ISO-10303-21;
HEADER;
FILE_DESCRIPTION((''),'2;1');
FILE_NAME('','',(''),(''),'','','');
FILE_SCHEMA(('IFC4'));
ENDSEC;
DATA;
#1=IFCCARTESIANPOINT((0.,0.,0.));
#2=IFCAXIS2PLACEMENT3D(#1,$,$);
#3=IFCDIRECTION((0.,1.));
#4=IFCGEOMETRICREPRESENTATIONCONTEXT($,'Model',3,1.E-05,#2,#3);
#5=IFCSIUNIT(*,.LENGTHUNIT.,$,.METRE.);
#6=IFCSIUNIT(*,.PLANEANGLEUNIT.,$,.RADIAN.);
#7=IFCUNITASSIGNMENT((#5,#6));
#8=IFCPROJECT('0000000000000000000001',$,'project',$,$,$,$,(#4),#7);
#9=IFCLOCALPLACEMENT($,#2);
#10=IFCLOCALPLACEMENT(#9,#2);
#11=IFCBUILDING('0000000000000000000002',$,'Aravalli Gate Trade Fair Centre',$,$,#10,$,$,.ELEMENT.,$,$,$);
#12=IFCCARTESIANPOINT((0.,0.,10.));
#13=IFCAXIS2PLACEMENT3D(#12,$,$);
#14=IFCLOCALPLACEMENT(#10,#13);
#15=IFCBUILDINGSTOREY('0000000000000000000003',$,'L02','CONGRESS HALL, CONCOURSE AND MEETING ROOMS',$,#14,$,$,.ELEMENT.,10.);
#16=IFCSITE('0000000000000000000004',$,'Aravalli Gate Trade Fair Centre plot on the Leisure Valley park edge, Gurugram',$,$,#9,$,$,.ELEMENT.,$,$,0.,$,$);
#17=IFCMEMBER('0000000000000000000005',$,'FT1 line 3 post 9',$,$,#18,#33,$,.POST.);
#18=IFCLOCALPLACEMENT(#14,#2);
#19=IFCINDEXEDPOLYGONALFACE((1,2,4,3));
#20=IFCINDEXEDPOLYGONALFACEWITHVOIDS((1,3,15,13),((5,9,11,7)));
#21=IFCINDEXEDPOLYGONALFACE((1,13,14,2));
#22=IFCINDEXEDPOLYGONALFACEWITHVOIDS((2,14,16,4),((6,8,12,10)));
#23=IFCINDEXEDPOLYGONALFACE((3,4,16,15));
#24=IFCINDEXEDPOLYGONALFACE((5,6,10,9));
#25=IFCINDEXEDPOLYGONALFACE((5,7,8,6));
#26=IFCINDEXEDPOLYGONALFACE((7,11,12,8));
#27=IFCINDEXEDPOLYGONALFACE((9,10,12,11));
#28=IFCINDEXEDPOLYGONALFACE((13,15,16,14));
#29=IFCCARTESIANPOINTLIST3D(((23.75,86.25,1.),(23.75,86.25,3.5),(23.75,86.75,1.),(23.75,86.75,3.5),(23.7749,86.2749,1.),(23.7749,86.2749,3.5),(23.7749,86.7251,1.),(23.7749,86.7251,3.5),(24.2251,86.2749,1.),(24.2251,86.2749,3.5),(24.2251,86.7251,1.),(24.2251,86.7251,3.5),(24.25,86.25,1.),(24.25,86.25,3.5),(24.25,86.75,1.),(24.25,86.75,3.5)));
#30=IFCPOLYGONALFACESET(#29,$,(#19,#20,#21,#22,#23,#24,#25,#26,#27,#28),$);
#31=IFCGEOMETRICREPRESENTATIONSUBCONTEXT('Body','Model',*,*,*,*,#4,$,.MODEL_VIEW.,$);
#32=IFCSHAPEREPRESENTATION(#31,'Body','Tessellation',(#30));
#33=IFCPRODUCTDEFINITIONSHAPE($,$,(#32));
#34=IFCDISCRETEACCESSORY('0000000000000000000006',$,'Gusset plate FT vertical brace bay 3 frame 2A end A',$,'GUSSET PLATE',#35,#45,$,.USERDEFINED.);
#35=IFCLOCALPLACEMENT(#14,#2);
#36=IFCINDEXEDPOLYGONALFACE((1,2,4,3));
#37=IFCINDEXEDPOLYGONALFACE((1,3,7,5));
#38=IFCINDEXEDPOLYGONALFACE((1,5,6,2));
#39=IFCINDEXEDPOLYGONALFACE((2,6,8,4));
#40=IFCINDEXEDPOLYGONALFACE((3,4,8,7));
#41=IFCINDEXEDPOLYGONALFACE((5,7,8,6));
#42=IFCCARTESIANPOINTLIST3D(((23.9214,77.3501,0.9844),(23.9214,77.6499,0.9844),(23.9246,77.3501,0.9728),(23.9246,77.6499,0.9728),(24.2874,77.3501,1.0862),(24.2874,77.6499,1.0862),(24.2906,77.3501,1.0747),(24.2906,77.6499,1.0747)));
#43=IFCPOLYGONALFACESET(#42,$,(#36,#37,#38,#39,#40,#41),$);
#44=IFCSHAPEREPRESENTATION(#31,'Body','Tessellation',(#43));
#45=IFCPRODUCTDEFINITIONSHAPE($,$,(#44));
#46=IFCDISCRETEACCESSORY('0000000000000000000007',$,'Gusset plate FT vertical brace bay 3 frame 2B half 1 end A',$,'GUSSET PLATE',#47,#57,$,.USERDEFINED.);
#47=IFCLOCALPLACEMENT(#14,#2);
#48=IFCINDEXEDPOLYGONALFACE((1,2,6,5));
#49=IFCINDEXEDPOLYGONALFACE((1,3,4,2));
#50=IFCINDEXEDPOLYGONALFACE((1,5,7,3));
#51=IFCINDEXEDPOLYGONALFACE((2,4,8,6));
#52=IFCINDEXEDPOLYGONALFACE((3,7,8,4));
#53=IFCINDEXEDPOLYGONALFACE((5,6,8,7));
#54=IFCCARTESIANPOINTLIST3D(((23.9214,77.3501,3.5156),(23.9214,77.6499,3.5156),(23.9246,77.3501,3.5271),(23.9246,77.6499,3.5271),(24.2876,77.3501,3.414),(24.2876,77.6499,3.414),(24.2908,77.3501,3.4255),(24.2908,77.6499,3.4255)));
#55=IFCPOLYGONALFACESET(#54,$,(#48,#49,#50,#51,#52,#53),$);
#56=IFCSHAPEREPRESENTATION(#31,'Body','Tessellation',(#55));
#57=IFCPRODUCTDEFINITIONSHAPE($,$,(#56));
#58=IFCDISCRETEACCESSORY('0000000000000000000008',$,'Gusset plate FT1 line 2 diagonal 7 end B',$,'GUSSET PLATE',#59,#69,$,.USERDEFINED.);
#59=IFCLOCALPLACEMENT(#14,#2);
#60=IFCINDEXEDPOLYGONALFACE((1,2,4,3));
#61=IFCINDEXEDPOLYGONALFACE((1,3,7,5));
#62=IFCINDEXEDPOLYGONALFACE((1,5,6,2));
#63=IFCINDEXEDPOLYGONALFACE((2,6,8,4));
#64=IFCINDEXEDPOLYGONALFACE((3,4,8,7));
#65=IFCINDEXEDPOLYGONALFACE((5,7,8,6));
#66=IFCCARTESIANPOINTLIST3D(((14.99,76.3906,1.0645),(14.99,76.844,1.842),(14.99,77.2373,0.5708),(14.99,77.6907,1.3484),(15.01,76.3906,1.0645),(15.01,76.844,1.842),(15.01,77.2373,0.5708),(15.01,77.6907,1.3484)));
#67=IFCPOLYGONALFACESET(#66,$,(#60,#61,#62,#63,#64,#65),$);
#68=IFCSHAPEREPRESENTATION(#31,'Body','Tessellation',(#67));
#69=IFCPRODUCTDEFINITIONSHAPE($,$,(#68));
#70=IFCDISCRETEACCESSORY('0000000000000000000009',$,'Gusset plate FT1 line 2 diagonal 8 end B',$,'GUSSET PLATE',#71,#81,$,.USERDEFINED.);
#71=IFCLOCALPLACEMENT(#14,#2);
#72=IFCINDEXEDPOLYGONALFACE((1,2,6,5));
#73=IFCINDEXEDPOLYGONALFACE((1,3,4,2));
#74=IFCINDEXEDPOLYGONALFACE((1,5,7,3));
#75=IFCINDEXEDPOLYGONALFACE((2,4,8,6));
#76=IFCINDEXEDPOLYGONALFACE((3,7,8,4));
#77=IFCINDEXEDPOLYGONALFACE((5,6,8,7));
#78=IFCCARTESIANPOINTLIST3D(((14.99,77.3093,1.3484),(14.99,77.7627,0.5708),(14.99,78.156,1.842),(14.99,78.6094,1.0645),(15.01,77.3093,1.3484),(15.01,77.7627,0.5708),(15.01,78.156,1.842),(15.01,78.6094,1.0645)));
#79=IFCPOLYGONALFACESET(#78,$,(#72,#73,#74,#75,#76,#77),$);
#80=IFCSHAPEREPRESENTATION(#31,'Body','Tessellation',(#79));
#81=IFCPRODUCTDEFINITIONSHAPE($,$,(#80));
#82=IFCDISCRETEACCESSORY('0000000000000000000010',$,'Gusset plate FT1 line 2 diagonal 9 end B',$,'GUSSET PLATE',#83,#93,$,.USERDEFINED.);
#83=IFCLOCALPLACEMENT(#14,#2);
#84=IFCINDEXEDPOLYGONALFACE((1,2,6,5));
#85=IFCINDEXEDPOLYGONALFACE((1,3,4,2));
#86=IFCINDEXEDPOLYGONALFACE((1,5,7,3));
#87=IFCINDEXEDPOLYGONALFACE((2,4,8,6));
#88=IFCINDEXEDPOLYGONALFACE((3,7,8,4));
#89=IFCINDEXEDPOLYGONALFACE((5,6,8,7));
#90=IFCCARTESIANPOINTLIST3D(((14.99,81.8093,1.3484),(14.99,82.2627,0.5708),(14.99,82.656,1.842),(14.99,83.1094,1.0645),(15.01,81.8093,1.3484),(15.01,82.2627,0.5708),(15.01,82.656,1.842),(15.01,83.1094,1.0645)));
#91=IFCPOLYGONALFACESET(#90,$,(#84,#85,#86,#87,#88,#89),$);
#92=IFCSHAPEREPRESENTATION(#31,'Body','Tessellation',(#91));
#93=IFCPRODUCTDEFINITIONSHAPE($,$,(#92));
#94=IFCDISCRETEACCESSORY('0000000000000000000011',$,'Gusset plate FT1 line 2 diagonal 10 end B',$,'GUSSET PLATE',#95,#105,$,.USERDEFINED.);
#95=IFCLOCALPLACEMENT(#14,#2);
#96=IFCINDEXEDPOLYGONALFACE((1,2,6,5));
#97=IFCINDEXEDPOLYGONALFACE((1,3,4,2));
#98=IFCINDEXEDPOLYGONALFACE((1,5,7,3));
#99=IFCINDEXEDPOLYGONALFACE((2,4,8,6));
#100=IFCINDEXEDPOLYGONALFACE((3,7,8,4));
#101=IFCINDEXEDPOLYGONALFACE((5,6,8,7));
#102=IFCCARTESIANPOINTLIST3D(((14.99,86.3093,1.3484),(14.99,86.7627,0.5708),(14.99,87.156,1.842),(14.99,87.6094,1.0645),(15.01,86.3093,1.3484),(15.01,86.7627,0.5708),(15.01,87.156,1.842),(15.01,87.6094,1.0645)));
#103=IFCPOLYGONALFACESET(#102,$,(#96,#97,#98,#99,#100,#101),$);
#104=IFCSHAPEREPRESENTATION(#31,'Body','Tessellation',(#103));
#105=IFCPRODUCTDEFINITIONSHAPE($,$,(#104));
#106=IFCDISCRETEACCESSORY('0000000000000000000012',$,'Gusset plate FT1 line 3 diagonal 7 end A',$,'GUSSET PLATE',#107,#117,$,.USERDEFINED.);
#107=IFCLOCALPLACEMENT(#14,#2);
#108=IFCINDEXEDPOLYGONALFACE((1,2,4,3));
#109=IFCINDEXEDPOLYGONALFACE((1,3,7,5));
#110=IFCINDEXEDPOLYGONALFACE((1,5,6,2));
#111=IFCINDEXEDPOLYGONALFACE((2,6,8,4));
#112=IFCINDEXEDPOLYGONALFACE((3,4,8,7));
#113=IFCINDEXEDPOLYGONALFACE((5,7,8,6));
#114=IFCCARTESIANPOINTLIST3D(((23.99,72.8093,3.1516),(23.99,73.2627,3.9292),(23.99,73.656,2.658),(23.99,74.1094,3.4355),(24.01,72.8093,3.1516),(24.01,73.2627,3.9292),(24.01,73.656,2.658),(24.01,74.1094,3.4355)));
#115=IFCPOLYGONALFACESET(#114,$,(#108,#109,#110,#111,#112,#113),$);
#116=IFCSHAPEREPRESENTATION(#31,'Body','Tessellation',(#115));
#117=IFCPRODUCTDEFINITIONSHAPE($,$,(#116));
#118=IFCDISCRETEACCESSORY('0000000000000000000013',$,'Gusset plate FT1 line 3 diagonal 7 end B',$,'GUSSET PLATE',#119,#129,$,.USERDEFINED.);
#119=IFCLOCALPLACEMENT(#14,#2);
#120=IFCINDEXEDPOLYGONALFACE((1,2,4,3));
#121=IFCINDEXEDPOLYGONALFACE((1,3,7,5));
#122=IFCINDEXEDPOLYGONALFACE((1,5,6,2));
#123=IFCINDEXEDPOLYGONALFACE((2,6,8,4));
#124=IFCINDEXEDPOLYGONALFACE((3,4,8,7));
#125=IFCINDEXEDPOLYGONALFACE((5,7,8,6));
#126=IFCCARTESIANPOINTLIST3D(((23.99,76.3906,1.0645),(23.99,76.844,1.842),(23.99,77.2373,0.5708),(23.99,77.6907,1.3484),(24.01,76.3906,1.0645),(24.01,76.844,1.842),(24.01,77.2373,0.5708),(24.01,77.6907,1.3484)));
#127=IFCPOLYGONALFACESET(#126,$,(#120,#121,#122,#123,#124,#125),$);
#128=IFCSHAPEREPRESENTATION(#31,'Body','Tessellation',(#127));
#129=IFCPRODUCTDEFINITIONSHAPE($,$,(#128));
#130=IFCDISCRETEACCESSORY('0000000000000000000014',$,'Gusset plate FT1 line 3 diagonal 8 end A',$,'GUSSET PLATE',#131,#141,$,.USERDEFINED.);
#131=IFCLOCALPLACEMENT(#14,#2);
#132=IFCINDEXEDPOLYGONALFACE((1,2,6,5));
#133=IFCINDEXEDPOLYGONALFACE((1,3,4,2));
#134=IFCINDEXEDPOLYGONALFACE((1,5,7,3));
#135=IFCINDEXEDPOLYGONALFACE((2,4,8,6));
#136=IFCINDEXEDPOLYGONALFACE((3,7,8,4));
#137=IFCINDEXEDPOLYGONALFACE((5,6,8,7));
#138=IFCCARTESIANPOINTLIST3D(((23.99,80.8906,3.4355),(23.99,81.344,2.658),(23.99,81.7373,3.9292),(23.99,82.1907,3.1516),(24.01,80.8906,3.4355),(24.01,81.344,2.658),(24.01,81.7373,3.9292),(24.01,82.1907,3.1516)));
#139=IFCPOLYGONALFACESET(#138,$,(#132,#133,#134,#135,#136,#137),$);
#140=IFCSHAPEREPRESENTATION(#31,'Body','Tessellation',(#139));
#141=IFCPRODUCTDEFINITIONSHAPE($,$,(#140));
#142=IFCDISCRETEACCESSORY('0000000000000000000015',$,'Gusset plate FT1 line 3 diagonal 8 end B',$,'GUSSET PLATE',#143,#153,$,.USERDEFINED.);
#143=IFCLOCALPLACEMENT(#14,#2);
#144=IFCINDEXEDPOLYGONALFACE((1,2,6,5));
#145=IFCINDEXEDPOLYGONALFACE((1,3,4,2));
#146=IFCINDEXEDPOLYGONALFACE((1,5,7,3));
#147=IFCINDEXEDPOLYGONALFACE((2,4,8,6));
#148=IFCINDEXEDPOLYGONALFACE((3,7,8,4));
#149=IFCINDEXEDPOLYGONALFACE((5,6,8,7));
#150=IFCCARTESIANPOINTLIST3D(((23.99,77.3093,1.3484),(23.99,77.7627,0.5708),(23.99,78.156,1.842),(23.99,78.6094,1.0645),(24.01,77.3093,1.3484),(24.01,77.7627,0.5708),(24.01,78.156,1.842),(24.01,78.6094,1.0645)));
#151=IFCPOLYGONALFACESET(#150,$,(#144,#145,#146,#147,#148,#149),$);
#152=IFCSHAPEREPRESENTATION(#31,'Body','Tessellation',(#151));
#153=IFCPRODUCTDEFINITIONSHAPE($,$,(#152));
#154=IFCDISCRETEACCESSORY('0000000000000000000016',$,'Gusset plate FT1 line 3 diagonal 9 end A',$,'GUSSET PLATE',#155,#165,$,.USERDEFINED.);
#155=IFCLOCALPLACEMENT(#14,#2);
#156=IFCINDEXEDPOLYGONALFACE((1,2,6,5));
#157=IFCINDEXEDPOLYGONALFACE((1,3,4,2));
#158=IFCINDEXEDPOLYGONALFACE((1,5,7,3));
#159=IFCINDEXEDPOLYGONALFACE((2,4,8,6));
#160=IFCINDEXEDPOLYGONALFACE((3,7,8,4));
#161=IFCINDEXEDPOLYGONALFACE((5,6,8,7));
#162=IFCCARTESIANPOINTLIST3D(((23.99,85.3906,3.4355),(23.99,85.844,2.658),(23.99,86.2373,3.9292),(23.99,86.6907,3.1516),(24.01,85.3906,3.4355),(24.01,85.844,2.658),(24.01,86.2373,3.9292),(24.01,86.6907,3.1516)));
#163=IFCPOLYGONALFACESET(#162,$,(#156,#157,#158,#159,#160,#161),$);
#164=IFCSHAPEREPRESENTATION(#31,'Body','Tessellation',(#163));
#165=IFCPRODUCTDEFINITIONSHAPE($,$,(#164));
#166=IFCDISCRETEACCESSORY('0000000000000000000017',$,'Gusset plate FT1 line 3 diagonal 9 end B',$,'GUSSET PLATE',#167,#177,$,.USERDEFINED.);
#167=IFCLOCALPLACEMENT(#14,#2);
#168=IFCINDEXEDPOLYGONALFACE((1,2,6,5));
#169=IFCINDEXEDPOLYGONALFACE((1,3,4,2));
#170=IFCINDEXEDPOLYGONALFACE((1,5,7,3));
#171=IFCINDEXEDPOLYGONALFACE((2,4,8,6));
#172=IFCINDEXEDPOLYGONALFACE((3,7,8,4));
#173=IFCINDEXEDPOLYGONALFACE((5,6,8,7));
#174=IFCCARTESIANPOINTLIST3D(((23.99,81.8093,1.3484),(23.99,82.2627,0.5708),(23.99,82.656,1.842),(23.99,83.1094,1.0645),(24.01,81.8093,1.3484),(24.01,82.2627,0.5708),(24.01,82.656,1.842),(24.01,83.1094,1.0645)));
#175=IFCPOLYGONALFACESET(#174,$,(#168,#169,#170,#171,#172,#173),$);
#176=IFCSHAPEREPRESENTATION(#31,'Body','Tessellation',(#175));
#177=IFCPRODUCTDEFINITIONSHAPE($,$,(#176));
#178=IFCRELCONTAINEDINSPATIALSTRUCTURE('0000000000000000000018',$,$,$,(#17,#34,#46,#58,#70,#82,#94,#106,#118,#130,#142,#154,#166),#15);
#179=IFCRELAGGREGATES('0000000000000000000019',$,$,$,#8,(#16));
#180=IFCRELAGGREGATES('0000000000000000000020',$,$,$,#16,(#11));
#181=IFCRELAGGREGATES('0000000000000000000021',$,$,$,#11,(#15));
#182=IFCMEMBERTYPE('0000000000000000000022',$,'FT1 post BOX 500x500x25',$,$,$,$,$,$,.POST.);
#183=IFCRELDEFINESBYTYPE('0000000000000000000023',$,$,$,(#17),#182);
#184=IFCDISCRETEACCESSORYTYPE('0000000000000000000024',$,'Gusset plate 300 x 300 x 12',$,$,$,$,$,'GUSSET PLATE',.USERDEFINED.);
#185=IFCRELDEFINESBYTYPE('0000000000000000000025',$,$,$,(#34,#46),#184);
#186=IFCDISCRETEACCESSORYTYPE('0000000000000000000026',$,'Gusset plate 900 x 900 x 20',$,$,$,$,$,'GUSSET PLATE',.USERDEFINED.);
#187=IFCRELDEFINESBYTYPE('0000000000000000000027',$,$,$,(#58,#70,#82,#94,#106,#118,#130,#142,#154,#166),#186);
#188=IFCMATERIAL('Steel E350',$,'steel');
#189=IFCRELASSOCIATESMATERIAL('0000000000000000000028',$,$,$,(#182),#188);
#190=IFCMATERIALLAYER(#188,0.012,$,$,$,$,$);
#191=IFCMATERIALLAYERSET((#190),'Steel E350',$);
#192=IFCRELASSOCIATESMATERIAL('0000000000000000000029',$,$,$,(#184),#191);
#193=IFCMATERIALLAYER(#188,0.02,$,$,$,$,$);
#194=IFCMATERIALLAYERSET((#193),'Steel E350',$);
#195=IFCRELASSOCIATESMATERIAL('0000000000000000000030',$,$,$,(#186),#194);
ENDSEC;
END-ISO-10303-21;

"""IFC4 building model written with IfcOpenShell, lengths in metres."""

from ifc_helpers import new_model, si_unit, direction, frame, origin, origin_2d, place, context, subcontext, project, spatial, polyline, hollow_rectangle, outline, extrude, material, layer, layer_set, material_profile, profile_set, type_object, element, save


model = new_model("IFC4")

# Units and contexts
model_context = context("Model", 3, precision=1e-05, world=origin(), true_north=direction((0.0, 1.0)))
body_context = subcontext(model_context, "Body", "Model", "MODEL_VIEW")
ifc_project = project(units=[si_unit("LENGTHUNIT", "METRE"), si_unit("PLANEANGLEUNIT", "RADIAN")], contexts=[model_context])

# Site, building, storey
site_placement = place(None, origin())
site = spatial("IfcSite", under=ifc_project, at=site_placement, Name="Aravalli Gate Trade Fair Centre plot on the Leisure Valley park edge, Gurugram", CompositionType="ELEMENT", RefElevation=0.0)
building_placement = place(site_placement, origin())
building = spatial("IfcBuilding", under=site, at=building_placement, Name="Aravalli Gate Trade Fair Centre", CompositionType="ELEMENT")
storey_placement = place(building_placement, frame((0.0, 0.0, 10.0)))
storey = spatial("IfcBuildingStorey", under=building, at=storey_placement, Name="L02", Description="CONGRESS HALL, CONCOURSE AND MEETING ROOMS", CompositionType="ELEMENT", Elevation=10.0)

# Member
ifc_material = material(Name="Steel E350", Category="steel")
ifc_material_profile_1 = material_profile(ifc_material, hollow_rectangle(XDim=0.5, YDim=0.5, WallThickness=0.0249, at=origin_2d()), Name="BOX 500x500x25")
ifc_profile_set_1 = profile_set([ifc_material_profile_1], Name="Steel E350")
member_type_1 = type_object("IfcMemberType", Name="FT1 post BOX 500x500x25", PredefinedType="POST", material=ifc_profile_set_1)
for number, where, z_axis, x_axis, name in (
    (1, (24.0, 86.5, 1.0), (0.0, 0.0, 1.0), (1.0, 0.0, 0.0), "FT1 line 3 post 9"),
):
    element("IfcMember", number, at=place(storey_placement, frame(where, z_axis=z_axis, x_axis=x_axis)), inside=storey, type_object=member_type_1, Name=name, PredefinedType="POST", context=body_context, shape_type="SweptSolid", body=[
        extrude(hollow_rectangle(XDim=0.5, YDim=0.5, WallThickness=0.0249, at=origin_2d()), origin(), (0.0, 0.0, 1.0), 2.5),
    ])

# Discrete accessories
ifc_layer_1 = layer(ifc_material, 0.012)
ifc_layer_set_1 = layer_set([ifc_layer_1], Name="Steel E350")
discrete_accessory_type_1 = type_object("IfcDiscreteAccessoryType", Name="Gusset plate 300 x 300 x 12", ElementType="GUSSET PLATE", PredefinedType="USERDEFINED", material=ifc_layer_set_1)
discrete_accessory_1_placement = place(storey_placement, frame((24.2874, 77.3501, 1.0862), z_axis=(-0.268008, 0.0, 0.963417), x_axis=(-0.963417, 0.0, -0.268008)))
element("IfcDiscreteAccessory", 2, at=discrete_accessory_1_placement, inside=storey, type_object=discrete_accessory_type_1, Name="Gusset plate FT vertical brace bay 3 frame 2A end A", ObjectType="GUSSET PLATE", PredefinedType="USERDEFINED", context=body_context, shape_type="SweptSolid", body=[
    extrude(outline(polyline([(0.0, 0.0), (0.3799, 0.0), (0.3799, -0.2998), (0.0, -0.2998), (0.0, 0.0)])), origin(), (0.0, 0.0, -1.0), 0.012),
])
discrete_accessory_2_placement = place(storey_placement, frame((24.2908, 77.3501, 3.4255), z_axis=(0.267246, 0.0, 0.963628), x_axis=(-0.963628, 0.0, 0.267246)))
element("IfcDiscreteAccessory", 3, at=discrete_accessory_2_placement, inside=storey, type_object=discrete_accessory_type_1, Name="Gusset plate FT vertical brace bay 3 frame 2B half 1 end A", ObjectType="GUSSET PLATE", PredefinedType="USERDEFINED", context=body_context, shape_type="SweptSolid", body=[
    extrude(outline(polyline([(0.0, 0.0), (0.38, 0.0), (0.38, -0.2998), (0.0, -0.2998), (0.0, 0.0)])), origin(), (0.0, 0.0, -1.0), 0.012),
])
ifc_layer_2 = layer(ifc_material, 0.02)
ifc_layer_set_2 = layer_set([ifc_layer_2], Name="Steel E350")
discrete_accessory_type_2 = type_object("IfcDiscreteAccessoryType", Name="Gusset plate 900 x 900 x 20", ElementType="GUSSET PLATE", PredefinedType="USERDEFINED", material=ifc_layer_set_2)
discrete_accessory_3_placement = place(storey_placement, frame((15.01, 76.3906, 1.0645), z_axis=(1.0, 0.0, 0.0), x_axis=(0.0, 0.863887, -0.503685)))
element("IfcDiscreteAccessory", 4, at=discrete_accessory_3_placement, inside=storey, type_object=discrete_accessory_type_2, Name="Gusset plate FT1 line 2 diagonal 7 end B", ObjectType="GUSSET PLATE", PredefinedType="USERDEFINED", context=body_context, shape_type="SweptSolid", body=[
    extrude(outline(polyline([(0.0, 0.0), (0.9801, 0.0), (0.9801, 0.9001), (0.0, 0.9001), (0.0, 0.0)])), origin(), (0.0, 0.0, -1.0), 0.02),
])
for number, where, z_axis, x_axis, name in (
    (5, (15.01, 78.156, 1.842), (1.0, 0.0, 0.0), (0.0, -0.863887, -0.503685), "Gusset plate FT1 line 2 diagonal 8 end B"),
    (6, (15.01, 82.656, 1.842), (1.0, 0.0, 0.0), (0.0, -0.863887, -0.503685), "Gusset plate FT1 line 2 diagonal 9 end B"),
    (7, (15.01, 87.156, 1.842), (1.0, 0.0, 0.0), (0.0, -0.863887, -0.503685), "Gusset plate FT1 line 2 diagonal 10 end B"),
    (8, (23.99, 73.656, 2.658), (-1.0, 0.0, 0.0), (0.0, -0.863887, 0.503685), "Gusset plate FT1 line 3 diagonal 7 end A"),
):
    element("IfcDiscreteAccessory", number, at=place(storey_placement, frame(where, z_axis=z_axis, x_axis=x_axis)), inside=storey, type_object=discrete_accessory_type_2, Name=name, ObjectType="GUSSET PLATE", PredefinedType="USERDEFINED", context=body_context, shape_type="SweptSolid", body=[
        extrude(outline(polyline([(0.0, 0.0), (0.9801, 0.0), (0.9801, 0.9001), (0.0, 0.9001), (0.0, 0.0)])), origin(), (0.0, 0.0, -1.0), 0.02),
    ])
for number, where, z_axis, x_axis, name in (
    (9, (24.01, 76.3906, 1.0645), (1.0, 0.0, 0.0), (0.0, 0.863887, -0.503685), "Gusset plate FT1 line 3 diagonal 7 end B"),
    (10, (23.99, 80.8906, 3.4355), (-1.0, 0.0, 0.0), (0.0, 0.863887, 0.503685), "Gusset plate FT1 line 3 diagonal 8 end A"),
):
    element("IfcDiscreteAccessory", number, at=place(storey_placement, frame(where, z_axis=z_axis, x_axis=x_axis)), inside=storey, type_object=discrete_accessory_type_2, Name=name, ObjectType="GUSSET PLATE", PredefinedType="USERDEFINED", context=body_context, shape_type="SweptSolid", body=[
        extrude(outline(polyline([(0.0, 0.0), (0.9801, 0.0), (0.9801, 0.9001), (0.0, 0.9001), (0.0, 0.0)])), origin(), (0.0, 0.0, -1.0), 0.02),
    ])
discrete_accessory_4_placement = place(storey_placement, frame((24.01, 78.156, 1.842), z_axis=(1.0, 0.0, 0.0), x_axis=(0.0, -0.863887, -0.503685)))
element("IfcDiscreteAccessory", 11, at=discrete_accessory_4_placement, inside=storey, type_object=discrete_accessory_type_2, Name="Gusset plate FT1 line 3 diagonal 8 end B", ObjectType="GUSSET PLATE", PredefinedType="USERDEFINED", context=body_context, shape_type="SweptSolid", body=[
    extrude(outline(polyline([(0.0, 0.0), (0.9801, 0.0), (0.9801, 0.9001), (0.0, 0.9001), (0.0, 0.0)])), origin(), (0.0, 0.0, -1.0), 0.02),
])
discrete_accessory_5_placement = place(storey_placement, frame((23.99, 85.3906, 3.4355), z_axis=(-1.0, 0.0, 0.0), x_axis=(0.0, 0.863887, 0.503685)))
element("IfcDiscreteAccessory", 12, at=discrete_accessory_5_placement, inside=storey, type_object=discrete_accessory_type_2, Name="Gusset plate FT1 line 3 diagonal 9 end A", ObjectType="GUSSET PLATE", PredefinedType="USERDEFINED", context=body_context, shape_type="SweptSolid", body=[
    extrude(outline(polyline([(0.0, 0.0), (0.9801, 0.0), (0.9801, 0.9001), (0.0, 0.9001), (0.0, 0.0)])), origin(), (0.0, 0.0, -1.0), 0.02),
])
discrete_accessory_6_placement = place(storey_placement, frame((24.01, 82.656, 1.842), z_axis=(1.0, 0.0, 0.0), x_axis=(0.0, -0.863887, -0.503685)))
element("IfcDiscreteAccessory", 13, at=discrete_accessory_6_placement, inside=storey, type_object=discrete_accessory_type_2, Name="Gusset plate FT1 line 3 diagonal 9 end B", ObjectType="GUSSET PLATE", PredefinedType="USERDEFINED", context=body_context, shape_type="SweptSolid", body=[
    extrude(outline(polyline([(0.0, 0.0), (0.9801, 0.0), (0.9801, 0.9001), (0.0, 0.9001), (0.0, 0.0)])), origin(), (0.0, 0.0, -1.0), 0.02),
])

save(model, "model.ifc")
